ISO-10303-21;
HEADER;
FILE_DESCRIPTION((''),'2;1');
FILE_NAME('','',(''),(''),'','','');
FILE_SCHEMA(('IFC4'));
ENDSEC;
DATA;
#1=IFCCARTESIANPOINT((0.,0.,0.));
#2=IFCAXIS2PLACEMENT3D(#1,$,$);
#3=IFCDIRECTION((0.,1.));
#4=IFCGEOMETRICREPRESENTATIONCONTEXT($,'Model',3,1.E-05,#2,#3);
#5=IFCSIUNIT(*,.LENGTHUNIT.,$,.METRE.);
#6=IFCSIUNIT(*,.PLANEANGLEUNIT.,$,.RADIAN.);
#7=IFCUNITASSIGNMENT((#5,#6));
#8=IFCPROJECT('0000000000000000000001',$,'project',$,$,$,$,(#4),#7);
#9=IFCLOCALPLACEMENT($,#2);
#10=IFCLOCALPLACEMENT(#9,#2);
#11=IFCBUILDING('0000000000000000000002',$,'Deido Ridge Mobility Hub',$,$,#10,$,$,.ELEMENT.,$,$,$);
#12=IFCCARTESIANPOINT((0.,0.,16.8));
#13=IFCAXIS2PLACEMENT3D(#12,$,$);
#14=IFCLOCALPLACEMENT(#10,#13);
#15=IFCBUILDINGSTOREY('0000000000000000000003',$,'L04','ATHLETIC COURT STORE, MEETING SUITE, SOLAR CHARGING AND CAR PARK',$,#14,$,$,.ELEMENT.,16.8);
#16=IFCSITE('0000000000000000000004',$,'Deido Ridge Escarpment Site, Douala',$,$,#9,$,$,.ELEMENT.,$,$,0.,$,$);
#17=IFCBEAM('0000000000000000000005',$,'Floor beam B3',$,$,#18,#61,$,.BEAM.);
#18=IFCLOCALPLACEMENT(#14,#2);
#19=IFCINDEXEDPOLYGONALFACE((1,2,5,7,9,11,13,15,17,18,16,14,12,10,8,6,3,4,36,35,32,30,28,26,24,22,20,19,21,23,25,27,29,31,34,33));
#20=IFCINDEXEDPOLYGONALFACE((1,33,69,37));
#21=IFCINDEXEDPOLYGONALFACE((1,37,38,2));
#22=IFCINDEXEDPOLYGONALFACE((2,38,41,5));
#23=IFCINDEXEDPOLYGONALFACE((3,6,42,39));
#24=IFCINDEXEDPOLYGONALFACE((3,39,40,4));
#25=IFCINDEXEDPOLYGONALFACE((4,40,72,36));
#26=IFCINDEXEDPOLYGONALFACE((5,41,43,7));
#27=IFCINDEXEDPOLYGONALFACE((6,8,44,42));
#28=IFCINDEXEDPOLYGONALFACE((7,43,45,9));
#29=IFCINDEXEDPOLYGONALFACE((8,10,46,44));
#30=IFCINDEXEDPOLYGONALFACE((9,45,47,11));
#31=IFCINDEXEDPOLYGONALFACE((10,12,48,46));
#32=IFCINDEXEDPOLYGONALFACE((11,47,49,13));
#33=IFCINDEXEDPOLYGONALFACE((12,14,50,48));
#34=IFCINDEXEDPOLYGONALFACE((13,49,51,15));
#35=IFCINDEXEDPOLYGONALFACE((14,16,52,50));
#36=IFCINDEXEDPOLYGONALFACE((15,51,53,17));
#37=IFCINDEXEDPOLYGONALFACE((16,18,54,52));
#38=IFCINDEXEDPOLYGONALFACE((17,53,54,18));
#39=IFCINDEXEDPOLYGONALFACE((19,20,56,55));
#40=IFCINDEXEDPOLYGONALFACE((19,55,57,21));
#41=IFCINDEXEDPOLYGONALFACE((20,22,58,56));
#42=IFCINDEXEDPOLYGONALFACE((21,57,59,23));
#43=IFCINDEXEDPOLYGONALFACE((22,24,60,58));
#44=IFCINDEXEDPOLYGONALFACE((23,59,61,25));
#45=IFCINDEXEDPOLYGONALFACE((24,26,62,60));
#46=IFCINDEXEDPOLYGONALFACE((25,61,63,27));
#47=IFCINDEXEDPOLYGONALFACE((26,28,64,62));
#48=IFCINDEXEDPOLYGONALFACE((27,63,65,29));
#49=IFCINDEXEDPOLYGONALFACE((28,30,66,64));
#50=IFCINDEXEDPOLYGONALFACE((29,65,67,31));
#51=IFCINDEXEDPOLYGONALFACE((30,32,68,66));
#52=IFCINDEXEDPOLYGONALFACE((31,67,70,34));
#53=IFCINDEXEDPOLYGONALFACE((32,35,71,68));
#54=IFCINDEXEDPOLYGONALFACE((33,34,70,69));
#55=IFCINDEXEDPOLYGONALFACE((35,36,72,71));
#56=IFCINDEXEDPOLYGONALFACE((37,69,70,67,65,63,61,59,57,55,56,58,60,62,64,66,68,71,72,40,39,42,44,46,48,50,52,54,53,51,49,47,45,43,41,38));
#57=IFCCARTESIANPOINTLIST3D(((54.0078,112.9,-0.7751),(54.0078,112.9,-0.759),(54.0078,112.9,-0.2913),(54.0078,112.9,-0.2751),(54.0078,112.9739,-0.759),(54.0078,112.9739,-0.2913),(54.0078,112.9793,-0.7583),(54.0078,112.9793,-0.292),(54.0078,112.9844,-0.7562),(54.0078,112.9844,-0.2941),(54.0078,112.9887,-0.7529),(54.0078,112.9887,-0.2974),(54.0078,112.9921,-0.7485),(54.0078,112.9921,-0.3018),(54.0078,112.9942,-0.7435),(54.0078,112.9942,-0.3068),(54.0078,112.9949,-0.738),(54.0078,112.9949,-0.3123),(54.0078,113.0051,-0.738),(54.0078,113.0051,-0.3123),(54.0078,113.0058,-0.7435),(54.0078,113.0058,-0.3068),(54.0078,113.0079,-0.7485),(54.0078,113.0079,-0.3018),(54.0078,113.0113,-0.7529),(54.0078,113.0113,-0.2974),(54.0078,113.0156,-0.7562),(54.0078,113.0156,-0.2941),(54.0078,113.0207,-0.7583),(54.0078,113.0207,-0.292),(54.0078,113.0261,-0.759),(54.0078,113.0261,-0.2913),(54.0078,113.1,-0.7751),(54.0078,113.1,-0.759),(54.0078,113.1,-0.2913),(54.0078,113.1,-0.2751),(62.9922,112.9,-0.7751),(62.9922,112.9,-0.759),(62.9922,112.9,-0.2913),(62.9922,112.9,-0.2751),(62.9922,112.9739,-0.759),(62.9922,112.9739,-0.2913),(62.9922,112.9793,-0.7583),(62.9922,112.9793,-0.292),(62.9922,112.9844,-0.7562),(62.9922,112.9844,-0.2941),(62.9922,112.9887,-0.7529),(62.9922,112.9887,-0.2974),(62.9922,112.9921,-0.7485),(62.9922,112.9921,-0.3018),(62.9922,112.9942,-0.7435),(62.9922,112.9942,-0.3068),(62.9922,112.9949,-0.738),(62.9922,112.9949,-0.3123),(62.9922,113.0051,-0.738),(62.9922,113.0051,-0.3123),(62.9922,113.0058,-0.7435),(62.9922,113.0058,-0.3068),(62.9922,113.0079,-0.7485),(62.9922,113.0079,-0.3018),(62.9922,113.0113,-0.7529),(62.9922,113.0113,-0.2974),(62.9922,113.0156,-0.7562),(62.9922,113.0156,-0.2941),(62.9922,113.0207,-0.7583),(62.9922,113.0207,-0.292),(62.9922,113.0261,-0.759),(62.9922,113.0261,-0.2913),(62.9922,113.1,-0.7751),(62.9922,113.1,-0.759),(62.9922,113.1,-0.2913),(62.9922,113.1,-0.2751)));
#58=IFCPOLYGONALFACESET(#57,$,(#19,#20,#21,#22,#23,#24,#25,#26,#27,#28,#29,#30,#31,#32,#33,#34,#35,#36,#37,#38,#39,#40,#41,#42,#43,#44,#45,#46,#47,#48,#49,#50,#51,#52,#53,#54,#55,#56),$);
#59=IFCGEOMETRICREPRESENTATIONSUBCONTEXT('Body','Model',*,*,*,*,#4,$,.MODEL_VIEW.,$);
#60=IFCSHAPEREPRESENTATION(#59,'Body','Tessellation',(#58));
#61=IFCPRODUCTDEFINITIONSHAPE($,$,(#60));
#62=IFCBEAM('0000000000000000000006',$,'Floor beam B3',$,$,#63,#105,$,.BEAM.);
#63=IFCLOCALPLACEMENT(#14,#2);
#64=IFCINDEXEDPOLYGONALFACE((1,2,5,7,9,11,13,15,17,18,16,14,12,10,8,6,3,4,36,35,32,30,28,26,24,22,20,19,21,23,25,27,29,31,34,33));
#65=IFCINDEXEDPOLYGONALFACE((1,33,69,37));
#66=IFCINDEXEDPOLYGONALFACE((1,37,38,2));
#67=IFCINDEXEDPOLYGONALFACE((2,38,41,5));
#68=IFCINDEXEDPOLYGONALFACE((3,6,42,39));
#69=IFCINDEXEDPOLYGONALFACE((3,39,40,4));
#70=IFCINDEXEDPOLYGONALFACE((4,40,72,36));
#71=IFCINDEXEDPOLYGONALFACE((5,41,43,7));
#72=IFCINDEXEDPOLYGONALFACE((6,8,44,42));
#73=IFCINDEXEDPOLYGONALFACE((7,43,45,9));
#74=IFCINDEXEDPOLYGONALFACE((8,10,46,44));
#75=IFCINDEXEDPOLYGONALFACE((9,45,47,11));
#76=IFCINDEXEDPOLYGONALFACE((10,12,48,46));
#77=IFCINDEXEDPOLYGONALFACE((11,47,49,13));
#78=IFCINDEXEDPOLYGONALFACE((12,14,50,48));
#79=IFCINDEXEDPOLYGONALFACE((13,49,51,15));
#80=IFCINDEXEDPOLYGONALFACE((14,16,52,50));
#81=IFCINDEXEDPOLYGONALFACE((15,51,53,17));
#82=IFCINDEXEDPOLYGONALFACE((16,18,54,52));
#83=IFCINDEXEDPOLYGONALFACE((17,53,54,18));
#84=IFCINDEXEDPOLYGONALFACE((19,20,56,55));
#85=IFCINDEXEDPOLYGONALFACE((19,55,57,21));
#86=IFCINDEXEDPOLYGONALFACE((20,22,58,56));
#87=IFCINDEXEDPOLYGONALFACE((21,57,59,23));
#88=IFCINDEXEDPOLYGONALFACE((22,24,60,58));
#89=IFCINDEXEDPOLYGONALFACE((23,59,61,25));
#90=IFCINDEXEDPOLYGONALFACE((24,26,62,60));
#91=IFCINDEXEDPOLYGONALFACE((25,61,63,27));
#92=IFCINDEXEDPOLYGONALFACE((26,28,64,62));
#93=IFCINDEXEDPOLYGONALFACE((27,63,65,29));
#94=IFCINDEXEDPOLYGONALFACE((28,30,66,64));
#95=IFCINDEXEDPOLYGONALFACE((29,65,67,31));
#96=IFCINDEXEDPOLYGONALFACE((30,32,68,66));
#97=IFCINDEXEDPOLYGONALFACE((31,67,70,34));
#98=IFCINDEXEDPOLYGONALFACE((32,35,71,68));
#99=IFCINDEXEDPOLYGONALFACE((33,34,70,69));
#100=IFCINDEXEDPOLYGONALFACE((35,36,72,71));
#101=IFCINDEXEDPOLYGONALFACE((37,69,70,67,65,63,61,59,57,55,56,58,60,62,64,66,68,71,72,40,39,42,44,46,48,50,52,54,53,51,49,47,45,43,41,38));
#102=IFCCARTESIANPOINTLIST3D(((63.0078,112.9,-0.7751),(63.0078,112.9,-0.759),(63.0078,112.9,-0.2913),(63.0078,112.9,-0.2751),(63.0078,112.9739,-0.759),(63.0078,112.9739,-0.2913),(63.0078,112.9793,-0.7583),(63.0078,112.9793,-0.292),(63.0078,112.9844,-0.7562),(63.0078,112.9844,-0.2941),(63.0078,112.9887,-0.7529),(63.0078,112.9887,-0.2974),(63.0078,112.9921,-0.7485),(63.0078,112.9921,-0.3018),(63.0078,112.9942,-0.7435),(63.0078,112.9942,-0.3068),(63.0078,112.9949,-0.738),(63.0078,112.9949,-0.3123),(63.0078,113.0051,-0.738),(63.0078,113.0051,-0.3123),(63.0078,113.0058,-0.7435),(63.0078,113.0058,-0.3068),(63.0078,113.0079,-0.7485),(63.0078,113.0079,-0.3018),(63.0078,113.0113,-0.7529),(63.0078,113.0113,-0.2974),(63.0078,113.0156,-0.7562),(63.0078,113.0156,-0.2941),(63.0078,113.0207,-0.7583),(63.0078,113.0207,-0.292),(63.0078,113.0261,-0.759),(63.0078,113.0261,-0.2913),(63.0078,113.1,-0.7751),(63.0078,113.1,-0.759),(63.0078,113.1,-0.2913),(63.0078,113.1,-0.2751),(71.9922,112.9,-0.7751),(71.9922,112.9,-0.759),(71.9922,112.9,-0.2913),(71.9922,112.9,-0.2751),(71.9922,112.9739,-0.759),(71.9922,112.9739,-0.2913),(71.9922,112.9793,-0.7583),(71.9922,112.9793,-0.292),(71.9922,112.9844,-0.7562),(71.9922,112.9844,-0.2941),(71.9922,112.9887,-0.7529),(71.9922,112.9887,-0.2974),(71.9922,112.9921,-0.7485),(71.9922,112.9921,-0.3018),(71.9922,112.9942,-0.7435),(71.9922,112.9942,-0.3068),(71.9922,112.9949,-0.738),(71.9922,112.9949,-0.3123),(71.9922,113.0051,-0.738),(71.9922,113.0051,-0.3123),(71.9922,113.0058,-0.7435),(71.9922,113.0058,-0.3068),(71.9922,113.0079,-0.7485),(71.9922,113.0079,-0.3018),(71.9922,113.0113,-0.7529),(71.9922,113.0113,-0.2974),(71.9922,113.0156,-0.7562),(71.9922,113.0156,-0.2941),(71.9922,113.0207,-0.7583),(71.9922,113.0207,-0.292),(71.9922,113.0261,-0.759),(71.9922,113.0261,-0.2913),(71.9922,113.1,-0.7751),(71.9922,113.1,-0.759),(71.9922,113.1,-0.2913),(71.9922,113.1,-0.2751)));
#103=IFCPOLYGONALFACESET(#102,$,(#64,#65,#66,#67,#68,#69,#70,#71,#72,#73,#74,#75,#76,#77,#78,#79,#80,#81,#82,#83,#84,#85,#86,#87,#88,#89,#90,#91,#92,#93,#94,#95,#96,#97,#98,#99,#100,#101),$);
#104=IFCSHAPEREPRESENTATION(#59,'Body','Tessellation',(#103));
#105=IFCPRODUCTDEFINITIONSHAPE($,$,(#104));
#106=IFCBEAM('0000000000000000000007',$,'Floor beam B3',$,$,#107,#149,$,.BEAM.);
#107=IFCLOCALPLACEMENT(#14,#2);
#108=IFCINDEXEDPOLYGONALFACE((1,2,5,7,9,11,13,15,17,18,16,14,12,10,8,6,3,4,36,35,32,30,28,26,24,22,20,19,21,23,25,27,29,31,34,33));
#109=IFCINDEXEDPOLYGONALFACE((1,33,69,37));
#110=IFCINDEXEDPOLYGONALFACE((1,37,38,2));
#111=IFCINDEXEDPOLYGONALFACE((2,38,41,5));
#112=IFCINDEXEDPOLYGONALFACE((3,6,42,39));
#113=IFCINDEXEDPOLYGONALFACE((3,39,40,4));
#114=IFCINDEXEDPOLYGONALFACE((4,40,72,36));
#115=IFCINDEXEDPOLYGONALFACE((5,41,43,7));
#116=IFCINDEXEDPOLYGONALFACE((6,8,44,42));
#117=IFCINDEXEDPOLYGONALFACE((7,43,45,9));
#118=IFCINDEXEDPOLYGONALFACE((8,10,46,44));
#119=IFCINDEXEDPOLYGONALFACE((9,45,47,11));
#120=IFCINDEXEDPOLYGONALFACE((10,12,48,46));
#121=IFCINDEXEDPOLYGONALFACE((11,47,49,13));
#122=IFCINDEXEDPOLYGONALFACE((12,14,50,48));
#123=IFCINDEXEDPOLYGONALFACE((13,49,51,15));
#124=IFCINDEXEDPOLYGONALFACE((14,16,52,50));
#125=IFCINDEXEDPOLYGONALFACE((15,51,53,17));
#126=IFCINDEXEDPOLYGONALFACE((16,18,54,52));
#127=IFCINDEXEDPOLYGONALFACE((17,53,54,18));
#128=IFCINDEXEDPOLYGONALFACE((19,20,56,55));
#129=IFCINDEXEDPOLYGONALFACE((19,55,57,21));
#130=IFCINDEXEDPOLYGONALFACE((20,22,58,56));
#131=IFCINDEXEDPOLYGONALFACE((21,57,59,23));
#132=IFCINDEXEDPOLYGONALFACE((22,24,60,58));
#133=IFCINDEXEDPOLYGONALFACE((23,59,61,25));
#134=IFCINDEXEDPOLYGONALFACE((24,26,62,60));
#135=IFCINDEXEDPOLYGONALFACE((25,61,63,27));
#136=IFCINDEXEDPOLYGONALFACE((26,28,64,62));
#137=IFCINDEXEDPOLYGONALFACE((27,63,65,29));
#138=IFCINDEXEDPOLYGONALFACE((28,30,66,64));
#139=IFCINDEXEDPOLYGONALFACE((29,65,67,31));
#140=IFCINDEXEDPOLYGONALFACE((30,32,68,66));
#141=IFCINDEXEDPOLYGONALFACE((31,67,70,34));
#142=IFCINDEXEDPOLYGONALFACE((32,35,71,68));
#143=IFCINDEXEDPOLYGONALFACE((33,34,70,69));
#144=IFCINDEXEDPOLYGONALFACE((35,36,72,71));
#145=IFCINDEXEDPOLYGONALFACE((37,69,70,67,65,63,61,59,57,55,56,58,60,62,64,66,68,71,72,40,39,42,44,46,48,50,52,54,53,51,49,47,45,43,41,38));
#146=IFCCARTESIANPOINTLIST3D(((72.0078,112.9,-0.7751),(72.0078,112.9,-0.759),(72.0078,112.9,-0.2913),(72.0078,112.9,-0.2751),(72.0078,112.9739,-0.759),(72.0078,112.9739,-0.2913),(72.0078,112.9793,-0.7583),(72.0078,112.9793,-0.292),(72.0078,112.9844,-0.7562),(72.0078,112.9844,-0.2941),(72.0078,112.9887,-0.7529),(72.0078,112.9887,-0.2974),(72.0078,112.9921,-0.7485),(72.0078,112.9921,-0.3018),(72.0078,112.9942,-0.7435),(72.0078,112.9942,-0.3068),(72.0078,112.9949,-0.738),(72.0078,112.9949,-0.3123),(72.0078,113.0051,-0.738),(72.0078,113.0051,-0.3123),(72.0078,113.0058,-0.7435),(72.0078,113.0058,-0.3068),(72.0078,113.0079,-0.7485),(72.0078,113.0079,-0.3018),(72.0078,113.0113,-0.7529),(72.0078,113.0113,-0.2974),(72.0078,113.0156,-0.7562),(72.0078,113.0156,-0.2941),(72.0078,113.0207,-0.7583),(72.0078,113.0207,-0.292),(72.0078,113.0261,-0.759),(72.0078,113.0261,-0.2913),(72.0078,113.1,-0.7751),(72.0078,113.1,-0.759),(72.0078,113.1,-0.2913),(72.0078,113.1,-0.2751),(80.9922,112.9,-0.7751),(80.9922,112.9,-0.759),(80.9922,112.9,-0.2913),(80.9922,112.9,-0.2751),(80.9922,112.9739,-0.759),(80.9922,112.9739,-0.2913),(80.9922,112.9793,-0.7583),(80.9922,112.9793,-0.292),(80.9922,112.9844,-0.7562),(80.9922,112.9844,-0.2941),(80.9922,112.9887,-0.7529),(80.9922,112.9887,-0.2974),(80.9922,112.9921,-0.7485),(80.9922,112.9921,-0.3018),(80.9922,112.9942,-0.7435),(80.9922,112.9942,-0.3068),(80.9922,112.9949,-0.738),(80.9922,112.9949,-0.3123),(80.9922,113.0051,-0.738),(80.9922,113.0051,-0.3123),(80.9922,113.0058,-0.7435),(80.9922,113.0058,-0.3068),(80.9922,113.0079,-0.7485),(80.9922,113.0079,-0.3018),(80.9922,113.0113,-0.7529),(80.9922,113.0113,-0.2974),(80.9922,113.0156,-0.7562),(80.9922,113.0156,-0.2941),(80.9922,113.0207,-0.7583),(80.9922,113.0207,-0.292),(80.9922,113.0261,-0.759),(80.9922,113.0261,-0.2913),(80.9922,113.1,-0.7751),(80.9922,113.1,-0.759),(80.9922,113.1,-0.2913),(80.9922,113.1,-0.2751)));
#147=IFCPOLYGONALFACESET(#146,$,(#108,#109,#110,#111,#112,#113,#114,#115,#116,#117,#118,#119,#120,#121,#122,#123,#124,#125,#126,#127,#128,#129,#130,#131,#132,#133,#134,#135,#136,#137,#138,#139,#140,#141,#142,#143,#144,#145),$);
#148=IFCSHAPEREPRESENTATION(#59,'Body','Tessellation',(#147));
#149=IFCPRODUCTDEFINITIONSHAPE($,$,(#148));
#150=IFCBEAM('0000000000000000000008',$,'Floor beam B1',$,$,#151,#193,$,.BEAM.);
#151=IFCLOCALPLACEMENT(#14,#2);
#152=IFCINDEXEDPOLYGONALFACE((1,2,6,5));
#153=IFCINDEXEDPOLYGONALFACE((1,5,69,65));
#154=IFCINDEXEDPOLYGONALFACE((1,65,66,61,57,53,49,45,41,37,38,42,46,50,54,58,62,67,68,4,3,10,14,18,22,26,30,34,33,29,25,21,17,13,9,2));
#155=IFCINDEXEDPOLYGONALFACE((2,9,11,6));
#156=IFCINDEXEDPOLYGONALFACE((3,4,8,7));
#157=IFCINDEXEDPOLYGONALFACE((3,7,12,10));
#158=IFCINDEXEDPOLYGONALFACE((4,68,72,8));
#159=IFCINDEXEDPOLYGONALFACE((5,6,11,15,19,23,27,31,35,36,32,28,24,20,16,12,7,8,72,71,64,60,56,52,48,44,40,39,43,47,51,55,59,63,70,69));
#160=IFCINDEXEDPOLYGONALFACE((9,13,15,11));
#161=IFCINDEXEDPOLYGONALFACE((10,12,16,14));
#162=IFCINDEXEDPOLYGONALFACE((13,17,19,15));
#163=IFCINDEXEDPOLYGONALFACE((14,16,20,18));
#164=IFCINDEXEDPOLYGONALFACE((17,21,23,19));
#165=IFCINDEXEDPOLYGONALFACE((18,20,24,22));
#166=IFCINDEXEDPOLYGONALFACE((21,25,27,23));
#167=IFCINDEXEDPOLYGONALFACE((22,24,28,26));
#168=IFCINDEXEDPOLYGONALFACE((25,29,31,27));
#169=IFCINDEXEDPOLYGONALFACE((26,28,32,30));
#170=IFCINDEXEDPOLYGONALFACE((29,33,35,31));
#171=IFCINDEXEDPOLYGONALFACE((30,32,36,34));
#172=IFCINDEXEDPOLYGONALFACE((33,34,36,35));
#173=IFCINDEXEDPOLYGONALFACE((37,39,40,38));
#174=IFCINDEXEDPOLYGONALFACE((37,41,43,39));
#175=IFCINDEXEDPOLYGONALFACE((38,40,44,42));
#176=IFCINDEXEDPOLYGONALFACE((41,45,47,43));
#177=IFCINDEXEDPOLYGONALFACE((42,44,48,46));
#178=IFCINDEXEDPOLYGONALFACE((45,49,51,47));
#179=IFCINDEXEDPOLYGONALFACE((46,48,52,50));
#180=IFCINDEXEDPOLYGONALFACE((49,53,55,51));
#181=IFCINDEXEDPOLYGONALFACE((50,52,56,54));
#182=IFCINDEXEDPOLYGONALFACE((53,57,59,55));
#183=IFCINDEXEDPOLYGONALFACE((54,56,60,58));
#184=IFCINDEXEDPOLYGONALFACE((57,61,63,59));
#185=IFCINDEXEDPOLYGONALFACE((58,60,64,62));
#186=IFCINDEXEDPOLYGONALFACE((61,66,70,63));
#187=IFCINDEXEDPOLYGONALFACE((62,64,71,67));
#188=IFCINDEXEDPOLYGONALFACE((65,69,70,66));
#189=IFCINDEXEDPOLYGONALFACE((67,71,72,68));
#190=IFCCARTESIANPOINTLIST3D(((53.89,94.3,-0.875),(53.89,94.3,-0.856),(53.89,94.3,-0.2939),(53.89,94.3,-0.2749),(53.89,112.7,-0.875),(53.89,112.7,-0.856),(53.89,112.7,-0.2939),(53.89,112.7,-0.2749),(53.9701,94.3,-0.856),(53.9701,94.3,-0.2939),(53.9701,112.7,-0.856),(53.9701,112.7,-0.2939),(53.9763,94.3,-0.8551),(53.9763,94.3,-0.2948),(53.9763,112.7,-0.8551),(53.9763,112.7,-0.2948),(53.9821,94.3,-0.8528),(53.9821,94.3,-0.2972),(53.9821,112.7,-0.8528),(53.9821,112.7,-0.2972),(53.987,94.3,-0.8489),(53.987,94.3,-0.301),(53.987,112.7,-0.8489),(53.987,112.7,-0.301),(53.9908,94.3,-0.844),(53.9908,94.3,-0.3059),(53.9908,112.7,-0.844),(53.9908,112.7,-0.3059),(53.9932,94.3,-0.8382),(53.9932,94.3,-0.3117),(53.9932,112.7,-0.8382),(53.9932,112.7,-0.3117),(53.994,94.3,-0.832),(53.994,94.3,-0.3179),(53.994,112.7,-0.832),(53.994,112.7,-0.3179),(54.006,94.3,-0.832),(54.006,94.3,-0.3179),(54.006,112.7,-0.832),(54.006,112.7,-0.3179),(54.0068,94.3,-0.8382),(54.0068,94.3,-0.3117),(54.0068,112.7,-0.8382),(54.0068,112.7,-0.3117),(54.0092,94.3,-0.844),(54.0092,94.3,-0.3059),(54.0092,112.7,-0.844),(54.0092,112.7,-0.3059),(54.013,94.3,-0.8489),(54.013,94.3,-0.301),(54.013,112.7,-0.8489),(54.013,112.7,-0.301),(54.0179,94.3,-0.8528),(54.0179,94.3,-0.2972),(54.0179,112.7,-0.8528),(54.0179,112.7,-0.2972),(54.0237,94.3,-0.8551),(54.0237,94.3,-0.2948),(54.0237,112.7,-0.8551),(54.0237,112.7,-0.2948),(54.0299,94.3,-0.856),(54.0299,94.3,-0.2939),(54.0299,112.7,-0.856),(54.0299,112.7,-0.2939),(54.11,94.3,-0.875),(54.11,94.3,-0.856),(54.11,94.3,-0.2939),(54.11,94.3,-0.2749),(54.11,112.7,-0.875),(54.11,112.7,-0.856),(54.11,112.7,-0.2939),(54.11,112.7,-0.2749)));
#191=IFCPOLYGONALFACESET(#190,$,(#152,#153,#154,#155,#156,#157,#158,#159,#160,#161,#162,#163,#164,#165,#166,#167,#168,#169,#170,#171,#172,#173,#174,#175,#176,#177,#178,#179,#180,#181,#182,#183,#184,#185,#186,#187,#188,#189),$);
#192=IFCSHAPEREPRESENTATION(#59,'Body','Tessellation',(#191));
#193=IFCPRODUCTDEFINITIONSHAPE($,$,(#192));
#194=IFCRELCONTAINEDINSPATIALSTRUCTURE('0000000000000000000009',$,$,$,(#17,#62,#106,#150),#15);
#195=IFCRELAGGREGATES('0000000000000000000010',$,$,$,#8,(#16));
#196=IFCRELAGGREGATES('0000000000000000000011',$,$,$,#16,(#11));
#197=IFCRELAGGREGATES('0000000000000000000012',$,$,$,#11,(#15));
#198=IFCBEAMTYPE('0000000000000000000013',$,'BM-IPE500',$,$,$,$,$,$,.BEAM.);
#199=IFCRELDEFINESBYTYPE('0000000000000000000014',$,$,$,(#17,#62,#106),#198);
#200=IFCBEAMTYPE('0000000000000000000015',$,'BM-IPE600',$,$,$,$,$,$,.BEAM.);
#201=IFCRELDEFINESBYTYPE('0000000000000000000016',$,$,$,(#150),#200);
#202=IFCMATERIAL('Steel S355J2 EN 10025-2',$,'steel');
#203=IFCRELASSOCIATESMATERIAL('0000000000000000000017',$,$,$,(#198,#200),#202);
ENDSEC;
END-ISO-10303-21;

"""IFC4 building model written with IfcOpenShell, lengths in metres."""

from ifc_helpers import new_model, si_unit, direction, frame, origin, origin_2d, place, context, subcontext, project, spatial, i_section, extrude, material, material_profile, profile_set, type_object, element, save


model = new_model("IFC4")

# Units and contexts
model_context = context("Model", 3, precision=1e-05, world=origin(), true_north=direction((0.0, 1.0)))
body_context = subcontext(model_context, "Body", "Model", "MODEL_VIEW")
ifc_project = project(units=[si_unit("LENGTHUNIT", "METRE"), si_unit("PLANEANGLEUNIT", "RADIAN")], contexts=[model_context])

# Site, building, storey
site_placement = place(None, origin())
site = spatial("IfcSite", under=ifc_project, at=site_placement, Name="Deido Ridge Escarpment Site, Douala", CompositionType="ELEMENT", RefElevation=0.0)
building_placement = place(site_placement, origin())
building = spatial("IfcBuilding", under=site, at=building_placement, Name="Deido Ridge Mobility Hub", CompositionType="ELEMENT")
storey_placement = place(building_placement, frame((0.0, 0.0, 16.8)))
storey = spatial("IfcBuildingStorey", under=building, at=storey_placement, Name="L04", Description="ATHLETIC COURT STORE, MEETING SUITE, SOLAR CHARGING AND CAR PARK", CompositionType="ELEMENT", Elevation=16.8)

# Shared definitions
ifc_material_1 = material(Name="Steel S355J2 EN 10025-2", Category="steel")

# Beams
ifc_material_profile_1 = material_profile(ifc_material_1, i_section(OverallWidth=0.2, OverallDepth=0.5, WebThickness=0.0103, FlangeThickness=0.0161, FilletRadius=0.021, at=origin_2d()), Name="IPE 500")
ifc_profile_set_1 = profile_set([ifc_material_profile_1], Name="Steel S355J2 EN 10025-2")
beam_type_1 = type_object("IfcBeamType", Name="BM-IPE500", PredefinedType="BEAM", material=ifc_profile_set_1)
for number, where, z_axis, x_axis, name in (
    (1, (54.0078, 113.0, -0.5251), (1.0, 0.0, 0.0), (0.0, 1.0, 0.0), "Floor beam B3"),
    (2, (63.0078, 113.0, -0.5251), (1.0, 0.0, 0.0), (0.0, 1.0, 0.0), "Floor beam B3"),
    (3, (72.0078, 113.0, -0.5251), (1.0, 0.0, 0.0), (0.0, 1.0, 0.0), "Floor beam B3"),
):
    element("IfcBeam", number, at=place(storey_placement, frame(where, z_axis=z_axis, x_axis=x_axis)), inside=storey, type_object=beam_type_1, Name=name, PredefinedType="BEAM", context=body_context, shape_type="SweptSolid", body=[
        extrude(i_section(OverallWidth=0.2, OverallDepth=0.5, WebThickness=0.0103, FlangeThickness=0.0161, FilletRadius=0.021, at=origin_2d()), origin(), (0.0, 0.0, 1.0), 8.9844),
    ])
ifc_material_profile_2 = material_profile(ifc_material_1, i_section(OverallWidth=0.22, OverallDepth=0.6001, WebThickness=0.012, FlangeThickness=0.019, FilletRadius=0.0239, at=origin_2d()), Name="IPE 600")
ifc_profile_set_2 = profile_set([ifc_material_profile_2], Name="Steel S355J2 EN 10025-2")
beam_type_2 = type_object("IfcBeamType", Name="BM-IPE600", PredefinedType="BEAM", material=ifc_profile_set_2)
for number, where, z_axis, x_axis, name in (
    (4, (54.0, 94.3, -0.575), (0.0, 1.0, 0.0), (-1.0, 0.0, 0.0), "Floor beam B1"),
):
    element("IfcBeam", number, at=place(storey_placement, frame(where, z_axis=z_axis, x_axis=x_axis)), inside=storey, type_object=beam_type_2, Name=name, PredefinedType="BEAM", context=body_context, shape_type="SweptSolid", body=[
        extrude(i_section(OverallWidth=0.22, OverallDepth=0.6001, WebThickness=0.012, FlangeThickness=0.019, FilletRadius=0.0239, at=origin_2d()), origin(), (0.0, 0.0, 1.0), 18.3999),
    ])

save(model, "model.ifc")
